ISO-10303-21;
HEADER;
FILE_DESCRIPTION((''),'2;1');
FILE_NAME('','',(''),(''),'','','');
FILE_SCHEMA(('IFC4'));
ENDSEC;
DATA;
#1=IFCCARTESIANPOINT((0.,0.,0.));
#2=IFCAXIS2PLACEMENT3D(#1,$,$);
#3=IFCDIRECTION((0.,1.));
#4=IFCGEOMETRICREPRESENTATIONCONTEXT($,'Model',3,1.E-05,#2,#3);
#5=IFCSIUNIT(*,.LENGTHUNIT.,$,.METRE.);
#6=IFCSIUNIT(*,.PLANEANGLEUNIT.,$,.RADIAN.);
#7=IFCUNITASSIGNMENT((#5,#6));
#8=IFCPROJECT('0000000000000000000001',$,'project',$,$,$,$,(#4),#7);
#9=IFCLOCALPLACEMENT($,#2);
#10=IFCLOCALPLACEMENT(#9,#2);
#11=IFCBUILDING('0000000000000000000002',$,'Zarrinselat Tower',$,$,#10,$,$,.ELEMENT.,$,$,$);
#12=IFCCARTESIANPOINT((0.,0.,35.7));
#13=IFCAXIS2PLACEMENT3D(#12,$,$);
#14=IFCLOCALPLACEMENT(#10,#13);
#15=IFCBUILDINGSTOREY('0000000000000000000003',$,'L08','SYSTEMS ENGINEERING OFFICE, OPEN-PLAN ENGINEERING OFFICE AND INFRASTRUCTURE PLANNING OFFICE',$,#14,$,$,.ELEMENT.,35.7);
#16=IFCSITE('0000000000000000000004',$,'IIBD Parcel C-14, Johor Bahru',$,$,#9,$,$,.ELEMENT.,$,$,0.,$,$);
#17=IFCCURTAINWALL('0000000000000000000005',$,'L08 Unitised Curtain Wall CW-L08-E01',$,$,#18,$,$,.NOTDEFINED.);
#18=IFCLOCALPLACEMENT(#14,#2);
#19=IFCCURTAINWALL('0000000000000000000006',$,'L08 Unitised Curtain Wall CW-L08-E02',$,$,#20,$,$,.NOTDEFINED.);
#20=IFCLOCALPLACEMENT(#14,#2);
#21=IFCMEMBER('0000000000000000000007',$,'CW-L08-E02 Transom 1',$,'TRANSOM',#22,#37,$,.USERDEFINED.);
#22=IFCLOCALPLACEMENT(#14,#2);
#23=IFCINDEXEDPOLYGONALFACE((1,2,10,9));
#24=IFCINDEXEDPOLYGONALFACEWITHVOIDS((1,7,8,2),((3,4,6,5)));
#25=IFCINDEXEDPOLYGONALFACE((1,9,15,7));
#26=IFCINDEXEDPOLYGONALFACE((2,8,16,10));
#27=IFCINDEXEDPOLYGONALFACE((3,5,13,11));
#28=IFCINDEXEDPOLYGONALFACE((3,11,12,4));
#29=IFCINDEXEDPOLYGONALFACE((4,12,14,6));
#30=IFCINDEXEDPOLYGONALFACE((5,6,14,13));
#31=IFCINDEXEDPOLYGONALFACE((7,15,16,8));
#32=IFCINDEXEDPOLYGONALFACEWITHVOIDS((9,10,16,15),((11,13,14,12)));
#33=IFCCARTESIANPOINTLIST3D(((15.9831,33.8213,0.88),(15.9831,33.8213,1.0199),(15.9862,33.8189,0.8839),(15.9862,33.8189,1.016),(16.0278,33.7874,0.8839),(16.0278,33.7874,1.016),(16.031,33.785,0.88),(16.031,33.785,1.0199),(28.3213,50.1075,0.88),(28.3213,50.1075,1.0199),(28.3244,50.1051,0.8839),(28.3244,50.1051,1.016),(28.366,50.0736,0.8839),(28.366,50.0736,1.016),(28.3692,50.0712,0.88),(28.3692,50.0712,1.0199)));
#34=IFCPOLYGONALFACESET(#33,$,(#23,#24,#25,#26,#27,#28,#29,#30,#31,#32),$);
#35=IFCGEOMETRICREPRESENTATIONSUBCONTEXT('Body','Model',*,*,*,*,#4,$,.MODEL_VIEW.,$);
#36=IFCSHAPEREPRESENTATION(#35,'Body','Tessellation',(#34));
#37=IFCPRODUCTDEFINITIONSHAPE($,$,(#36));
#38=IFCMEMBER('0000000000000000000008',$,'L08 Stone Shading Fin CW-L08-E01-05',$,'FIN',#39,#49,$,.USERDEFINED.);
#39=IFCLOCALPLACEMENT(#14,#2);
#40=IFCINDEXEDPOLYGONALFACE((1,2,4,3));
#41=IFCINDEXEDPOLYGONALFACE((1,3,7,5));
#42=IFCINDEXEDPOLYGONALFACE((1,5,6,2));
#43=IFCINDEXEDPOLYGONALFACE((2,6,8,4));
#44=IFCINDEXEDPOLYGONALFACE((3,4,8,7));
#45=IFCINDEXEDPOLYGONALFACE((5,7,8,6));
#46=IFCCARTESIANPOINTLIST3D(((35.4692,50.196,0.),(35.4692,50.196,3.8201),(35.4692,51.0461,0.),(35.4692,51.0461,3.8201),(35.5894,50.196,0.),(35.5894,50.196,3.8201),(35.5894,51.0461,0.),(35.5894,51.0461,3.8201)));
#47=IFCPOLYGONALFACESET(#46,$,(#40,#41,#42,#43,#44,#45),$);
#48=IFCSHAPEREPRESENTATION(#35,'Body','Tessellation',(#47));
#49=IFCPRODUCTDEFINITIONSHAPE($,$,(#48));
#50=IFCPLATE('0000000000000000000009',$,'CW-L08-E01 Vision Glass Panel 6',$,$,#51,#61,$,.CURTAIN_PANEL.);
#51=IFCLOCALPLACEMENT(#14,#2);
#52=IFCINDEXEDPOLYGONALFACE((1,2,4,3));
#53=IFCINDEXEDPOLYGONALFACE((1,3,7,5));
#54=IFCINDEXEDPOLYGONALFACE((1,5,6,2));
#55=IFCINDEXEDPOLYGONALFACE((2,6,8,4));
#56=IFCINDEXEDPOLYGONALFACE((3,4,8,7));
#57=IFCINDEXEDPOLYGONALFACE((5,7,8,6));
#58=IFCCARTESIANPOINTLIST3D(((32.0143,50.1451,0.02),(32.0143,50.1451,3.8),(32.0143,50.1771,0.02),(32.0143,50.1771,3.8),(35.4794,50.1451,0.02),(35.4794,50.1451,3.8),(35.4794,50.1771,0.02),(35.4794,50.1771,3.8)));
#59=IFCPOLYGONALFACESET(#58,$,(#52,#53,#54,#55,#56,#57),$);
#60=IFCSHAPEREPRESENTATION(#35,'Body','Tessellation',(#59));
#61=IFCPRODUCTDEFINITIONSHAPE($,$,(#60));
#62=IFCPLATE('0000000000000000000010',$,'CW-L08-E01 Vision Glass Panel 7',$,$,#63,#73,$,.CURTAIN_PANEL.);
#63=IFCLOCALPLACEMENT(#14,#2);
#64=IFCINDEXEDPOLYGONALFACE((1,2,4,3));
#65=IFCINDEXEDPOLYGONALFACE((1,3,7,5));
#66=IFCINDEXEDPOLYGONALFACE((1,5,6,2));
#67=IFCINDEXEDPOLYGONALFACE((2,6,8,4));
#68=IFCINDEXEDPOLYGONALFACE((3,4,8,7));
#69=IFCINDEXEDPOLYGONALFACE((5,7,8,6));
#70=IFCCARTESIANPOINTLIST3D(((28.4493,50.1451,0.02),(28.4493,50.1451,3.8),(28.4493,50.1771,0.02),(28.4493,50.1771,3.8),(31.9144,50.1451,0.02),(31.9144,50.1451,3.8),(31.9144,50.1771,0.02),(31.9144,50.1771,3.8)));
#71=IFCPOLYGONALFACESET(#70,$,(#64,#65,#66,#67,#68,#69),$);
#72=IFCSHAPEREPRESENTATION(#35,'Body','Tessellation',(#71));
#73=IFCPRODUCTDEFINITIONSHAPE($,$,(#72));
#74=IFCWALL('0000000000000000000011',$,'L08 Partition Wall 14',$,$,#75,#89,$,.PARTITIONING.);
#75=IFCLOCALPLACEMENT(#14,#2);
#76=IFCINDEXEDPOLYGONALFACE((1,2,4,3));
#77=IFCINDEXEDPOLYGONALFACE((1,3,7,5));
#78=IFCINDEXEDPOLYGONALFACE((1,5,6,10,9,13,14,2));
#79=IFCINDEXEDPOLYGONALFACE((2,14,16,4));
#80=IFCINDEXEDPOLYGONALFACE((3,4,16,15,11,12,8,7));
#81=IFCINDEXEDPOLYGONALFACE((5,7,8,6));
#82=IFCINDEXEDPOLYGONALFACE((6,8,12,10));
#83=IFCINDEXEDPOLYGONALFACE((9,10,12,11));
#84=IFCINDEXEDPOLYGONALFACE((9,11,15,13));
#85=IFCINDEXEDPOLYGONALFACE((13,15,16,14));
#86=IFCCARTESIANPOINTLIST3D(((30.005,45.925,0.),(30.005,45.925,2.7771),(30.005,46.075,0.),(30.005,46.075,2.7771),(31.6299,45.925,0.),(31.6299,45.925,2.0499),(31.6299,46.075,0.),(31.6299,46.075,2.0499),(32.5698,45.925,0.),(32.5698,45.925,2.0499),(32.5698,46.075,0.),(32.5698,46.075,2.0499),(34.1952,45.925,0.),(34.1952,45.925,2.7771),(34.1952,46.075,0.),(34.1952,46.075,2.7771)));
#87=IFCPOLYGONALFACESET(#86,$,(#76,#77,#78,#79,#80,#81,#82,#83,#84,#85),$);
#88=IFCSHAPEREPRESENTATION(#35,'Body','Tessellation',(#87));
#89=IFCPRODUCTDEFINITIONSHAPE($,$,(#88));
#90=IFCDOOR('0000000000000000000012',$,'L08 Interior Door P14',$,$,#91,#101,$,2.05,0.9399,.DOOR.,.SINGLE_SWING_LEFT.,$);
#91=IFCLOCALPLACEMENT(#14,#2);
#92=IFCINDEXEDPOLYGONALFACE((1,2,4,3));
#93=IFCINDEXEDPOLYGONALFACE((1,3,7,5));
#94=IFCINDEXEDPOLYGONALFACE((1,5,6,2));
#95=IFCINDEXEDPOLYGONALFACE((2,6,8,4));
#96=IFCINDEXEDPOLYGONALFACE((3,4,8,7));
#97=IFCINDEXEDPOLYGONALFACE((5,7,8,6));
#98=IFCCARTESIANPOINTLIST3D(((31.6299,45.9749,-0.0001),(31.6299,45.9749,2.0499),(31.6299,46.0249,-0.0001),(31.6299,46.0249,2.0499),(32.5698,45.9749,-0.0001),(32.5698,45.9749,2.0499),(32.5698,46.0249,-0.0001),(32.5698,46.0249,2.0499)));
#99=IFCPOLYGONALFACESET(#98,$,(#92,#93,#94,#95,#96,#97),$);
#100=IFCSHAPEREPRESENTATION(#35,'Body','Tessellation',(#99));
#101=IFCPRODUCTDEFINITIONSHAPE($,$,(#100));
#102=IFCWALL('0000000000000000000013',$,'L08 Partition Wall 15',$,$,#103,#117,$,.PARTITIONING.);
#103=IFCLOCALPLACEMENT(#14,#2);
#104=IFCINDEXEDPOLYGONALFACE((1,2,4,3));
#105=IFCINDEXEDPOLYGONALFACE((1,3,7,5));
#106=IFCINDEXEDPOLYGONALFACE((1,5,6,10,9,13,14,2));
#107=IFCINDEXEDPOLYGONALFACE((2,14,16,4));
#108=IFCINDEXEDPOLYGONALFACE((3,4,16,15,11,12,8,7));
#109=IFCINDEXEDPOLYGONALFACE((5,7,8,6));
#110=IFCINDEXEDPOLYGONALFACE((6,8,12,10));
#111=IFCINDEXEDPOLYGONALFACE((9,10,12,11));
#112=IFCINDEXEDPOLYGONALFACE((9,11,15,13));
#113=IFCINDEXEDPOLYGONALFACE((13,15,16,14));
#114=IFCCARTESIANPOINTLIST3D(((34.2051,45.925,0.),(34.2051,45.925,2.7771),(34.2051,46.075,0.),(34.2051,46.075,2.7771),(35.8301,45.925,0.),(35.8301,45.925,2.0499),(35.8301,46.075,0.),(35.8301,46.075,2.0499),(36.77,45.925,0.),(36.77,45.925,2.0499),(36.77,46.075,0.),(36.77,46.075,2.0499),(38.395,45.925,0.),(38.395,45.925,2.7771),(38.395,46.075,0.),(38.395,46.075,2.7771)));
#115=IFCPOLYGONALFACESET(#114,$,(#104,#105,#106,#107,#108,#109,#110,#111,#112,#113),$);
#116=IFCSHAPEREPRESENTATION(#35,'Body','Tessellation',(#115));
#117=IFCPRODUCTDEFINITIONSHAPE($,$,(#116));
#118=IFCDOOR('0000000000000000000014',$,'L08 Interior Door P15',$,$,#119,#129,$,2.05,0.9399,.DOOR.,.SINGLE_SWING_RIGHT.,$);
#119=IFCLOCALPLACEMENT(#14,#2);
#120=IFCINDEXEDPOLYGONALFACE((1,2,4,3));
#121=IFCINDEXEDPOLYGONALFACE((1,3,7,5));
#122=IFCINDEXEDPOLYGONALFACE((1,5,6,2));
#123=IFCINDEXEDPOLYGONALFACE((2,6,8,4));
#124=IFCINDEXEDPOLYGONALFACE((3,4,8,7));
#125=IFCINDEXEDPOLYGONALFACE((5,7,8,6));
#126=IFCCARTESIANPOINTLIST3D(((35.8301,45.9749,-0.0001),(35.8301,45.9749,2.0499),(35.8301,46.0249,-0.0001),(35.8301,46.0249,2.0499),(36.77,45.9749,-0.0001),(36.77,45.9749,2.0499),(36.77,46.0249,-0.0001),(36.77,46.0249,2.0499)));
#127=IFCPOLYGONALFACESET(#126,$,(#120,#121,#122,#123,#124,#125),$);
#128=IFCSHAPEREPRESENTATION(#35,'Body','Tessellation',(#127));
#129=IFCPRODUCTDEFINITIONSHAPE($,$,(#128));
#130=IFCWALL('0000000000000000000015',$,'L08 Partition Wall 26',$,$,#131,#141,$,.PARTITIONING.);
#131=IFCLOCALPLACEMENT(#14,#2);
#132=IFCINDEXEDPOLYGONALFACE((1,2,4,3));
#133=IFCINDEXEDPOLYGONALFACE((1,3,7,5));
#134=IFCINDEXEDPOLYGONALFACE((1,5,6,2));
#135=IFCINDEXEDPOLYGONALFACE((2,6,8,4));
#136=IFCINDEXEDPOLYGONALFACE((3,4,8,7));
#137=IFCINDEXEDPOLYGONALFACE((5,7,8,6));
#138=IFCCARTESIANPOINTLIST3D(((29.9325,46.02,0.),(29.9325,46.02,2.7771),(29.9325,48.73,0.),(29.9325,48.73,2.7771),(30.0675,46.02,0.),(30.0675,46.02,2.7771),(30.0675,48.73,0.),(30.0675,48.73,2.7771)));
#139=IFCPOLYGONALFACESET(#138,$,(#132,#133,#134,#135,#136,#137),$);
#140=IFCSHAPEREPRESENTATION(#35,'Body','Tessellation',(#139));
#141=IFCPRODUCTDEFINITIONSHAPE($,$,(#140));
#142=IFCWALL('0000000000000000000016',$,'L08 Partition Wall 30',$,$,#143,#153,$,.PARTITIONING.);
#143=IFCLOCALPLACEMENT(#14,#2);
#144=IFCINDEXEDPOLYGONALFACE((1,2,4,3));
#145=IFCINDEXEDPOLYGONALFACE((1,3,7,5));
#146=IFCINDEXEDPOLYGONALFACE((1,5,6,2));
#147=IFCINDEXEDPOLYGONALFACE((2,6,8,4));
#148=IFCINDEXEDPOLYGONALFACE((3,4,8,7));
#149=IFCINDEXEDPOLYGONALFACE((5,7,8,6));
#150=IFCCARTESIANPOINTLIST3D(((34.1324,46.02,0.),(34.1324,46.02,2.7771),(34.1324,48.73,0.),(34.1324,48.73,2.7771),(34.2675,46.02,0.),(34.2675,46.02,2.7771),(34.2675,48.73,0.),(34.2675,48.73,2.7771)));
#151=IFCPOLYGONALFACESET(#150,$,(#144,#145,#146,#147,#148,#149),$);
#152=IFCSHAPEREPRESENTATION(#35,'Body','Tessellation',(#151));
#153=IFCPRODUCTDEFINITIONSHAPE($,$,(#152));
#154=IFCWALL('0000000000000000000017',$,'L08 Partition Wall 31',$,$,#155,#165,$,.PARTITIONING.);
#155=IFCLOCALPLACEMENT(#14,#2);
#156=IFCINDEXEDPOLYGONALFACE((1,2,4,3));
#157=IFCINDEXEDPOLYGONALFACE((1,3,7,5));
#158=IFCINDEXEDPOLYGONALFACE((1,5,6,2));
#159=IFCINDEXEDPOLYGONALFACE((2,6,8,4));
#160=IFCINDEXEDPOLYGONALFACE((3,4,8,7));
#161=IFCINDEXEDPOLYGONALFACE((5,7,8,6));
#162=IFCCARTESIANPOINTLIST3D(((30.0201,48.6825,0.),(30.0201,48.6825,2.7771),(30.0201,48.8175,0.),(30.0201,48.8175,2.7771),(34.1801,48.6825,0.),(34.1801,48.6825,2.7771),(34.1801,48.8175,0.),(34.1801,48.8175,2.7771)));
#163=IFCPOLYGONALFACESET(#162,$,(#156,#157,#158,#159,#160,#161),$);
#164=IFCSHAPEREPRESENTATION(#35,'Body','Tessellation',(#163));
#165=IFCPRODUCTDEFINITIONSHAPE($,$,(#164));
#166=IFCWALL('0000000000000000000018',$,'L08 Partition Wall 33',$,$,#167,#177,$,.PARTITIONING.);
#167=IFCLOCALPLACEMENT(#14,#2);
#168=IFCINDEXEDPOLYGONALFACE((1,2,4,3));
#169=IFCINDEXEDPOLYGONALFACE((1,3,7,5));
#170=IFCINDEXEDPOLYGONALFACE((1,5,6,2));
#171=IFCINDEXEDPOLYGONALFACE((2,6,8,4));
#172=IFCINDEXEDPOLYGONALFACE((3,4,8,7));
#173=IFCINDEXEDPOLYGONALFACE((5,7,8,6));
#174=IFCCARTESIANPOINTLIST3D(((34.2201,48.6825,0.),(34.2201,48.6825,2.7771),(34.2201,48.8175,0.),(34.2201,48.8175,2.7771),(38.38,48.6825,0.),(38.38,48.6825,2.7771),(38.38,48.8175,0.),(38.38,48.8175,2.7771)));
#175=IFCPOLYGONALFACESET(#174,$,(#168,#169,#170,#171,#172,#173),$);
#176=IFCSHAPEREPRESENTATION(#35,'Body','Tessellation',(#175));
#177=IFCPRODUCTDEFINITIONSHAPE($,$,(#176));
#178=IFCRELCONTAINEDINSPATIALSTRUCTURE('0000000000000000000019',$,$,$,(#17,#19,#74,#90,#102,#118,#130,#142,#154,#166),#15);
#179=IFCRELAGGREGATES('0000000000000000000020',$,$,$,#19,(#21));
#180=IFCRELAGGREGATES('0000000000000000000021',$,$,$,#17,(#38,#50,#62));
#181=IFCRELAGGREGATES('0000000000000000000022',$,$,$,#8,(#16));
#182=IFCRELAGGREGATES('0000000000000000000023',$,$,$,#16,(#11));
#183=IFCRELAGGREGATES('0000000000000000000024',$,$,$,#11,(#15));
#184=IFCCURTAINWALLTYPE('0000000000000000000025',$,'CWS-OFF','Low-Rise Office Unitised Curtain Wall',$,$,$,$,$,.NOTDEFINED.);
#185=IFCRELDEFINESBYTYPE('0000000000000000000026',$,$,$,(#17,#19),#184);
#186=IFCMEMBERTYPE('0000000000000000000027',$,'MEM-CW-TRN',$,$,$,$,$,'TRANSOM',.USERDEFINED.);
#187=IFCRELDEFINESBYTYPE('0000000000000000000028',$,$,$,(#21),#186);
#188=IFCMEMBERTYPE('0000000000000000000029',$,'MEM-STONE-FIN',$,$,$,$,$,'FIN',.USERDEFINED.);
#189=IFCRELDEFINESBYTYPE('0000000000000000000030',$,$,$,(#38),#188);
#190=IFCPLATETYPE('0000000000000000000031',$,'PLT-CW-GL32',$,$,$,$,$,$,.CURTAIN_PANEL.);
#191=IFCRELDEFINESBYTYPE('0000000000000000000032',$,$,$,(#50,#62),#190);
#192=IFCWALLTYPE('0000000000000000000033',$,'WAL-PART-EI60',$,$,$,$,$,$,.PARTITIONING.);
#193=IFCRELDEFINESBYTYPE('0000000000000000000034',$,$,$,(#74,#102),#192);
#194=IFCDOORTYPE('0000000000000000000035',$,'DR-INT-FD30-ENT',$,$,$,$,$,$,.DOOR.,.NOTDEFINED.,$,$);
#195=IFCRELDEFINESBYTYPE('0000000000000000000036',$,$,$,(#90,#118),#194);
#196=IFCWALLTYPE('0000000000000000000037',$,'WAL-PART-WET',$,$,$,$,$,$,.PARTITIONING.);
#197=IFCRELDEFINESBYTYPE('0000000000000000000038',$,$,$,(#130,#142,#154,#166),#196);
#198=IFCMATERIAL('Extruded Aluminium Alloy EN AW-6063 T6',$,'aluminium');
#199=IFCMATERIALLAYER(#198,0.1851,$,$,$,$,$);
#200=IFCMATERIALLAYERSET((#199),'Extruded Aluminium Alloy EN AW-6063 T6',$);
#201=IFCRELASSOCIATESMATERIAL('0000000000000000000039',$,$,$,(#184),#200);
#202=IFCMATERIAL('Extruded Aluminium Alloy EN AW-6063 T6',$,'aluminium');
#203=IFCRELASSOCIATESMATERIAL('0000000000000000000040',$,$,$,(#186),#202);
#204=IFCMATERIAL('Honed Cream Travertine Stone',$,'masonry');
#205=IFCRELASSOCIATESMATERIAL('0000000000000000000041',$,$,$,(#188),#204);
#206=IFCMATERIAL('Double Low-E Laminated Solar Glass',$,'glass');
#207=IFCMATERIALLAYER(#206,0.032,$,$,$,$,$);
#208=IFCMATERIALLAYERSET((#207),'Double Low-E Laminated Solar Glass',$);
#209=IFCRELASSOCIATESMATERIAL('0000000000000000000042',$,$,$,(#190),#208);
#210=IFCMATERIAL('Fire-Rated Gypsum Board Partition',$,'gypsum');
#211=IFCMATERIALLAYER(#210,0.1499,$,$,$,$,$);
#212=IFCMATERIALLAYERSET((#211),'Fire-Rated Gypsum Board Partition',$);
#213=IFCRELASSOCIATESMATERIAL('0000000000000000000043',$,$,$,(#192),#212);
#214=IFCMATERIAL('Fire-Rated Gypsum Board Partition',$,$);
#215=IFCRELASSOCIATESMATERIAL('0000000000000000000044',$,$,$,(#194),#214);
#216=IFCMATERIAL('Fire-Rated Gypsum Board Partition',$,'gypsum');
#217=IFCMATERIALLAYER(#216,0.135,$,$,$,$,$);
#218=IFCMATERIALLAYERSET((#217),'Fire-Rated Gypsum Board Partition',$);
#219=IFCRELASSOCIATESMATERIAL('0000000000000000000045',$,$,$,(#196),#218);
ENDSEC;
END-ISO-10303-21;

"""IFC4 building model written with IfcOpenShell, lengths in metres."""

from ifc_helpers import new_model, si_unit, direction, frame, frame_2d, origin, origin_2d, place, context, subcontext, project, spatial, rectangle, hollow_rectangle, extrude, material, layer, layer_set, material_profile, profile_set, type_object, element, fill, aggregate, save


model = new_model("IFC4")

# Units and contexts
model_context = context("Model", 3, precision=1e-05, world=origin(), true_north=direction((0.0, 1.0)))
body_context = subcontext(model_context, "Body", "Model", "MODEL_VIEW")
ifc_project = project(units=[si_unit("LENGTHUNIT", "METRE"), si_unit("PLANEANGLEUNIT", "RADIAN")], contexts=[model_context])

# Site, building, storey
site_placement = place(None, origin())
site = spatial("IfcSite", under=ifc_project, at=site_placement, Name="IIBD Parcel C-14, Johor Bahru", CompositionType="ELEMENT", RefElevation=0.0)
building_placement = place(site_placement, origin())
building = spatial("IfcBuilding", under=site, at=building_placement, Name="Zarrinselat Tower", CompositionType="ELEMENT")
storey_placement = place(building_placement, frame((0.0, 0.0, 35.7)))
storey = spatial("IfcBuildingStorey", under=building, at=storey_placement, Name="L08", Description="SYSTEMS ENGINEERING OFFICE, OPEN-PLAN ENGINEERING OFFICE AND INFRASTRUCTURE PLANNING OFFICE", CompositionType="ELEMENT", Elevation=35.7)

# Curtain wall
ifc_material_1 = material(Name="Extruded Aluminium Alloy EN AW-6063 T6", Category="aluminium")
ifc_layer_1 = layer(ifc_material_1, 0.1851)
ifc_layer_set_1 = layer_set([ifc_layer_1], Name="Extruded Aluminium Alloy EN AW-6063 T6")
curtain_wall_type = type_object("IfcCurtainWallType", Name="CWS-OFF", Description="Low-Rise Office Unitised Curtain Wall", PredefinedType="NOTDEFINED", material=ifc_layer_set_1)
curtain_wall_1_placement = place(storey_placement, origin())
curtain_wall_1 = element("IfcCurtainWall", 1, at=curtain_wall_1_placement, inside=storey, type_object=curtain_wall_type, Name="L08 Unitised Curtain Wall CW-L08-E01", PredefinedType="NOTDEFINED")

# Curtain wall, member
curtain_wall_2_placement = place(storey_placement, origin())
curtain_wall_2 = element("IfcCurtainWall", 2, at=curtain_wall_2_placement, inside=storey, type_object=curtain_wall_type, Name="L08 Unitised Curtain Wall CW-L08-E02", PredefinedType="NOTDEFINED")
ifc_material_2 = material(Name="Extruded Aluminium Alloy EN AW-6063 T6", Category="aluminium")
ifc_material_profile_1 = material_profile(ifc_material_2, hollow_rectangle(XDim=0.0601, YDim=0.1399, WallThickness=0.0039, at=origin_2d()), Name="RHS 140x60x4")
ifc_profile_set_1 = profile_set([ifc_material_profile_1], Name="Extruded Aluminium Alloy EN AW-6063 T6")
member_type_1 = type_object("IfcMemberType", Name="MEM-CW-TRN", ElementType="TRANSOM", PredefinedType="USERDEFINED", material=ifc_profile_set_1)
member_1_placement = place(storey_placement, frame((28.3452, 50.0894, 0.95), z_axis=(-0.603863, -0.797088, 0.0), x_axis=(0.797088, -0.603863, 0.0)))
member_1 = element("IfcMember", 3, at=member_1_placement, type_object=member_type_1, Name="CW-L08-E02 Transom 1", ObjectType="TRANSOM", PredefinedType="USERDEFINED", context=body_context, shape_type="SweptSolid", body=[
    extrude(hollow_rectangle(XDim=0.0601, YDim=0.1399, WallThickness=0.0039, at=origin_2d()), origin(), (0.0, 0.0, 1.0), 20.4321),
])
aggregate(curtain_wall_2, [member_1])

# Member
ifc_material_3 = material(Name="Honed Cream Travertine Stone", Category="masonry")
ifc_material_profile_2 = material_profile(ifc_material_3, rectangle(XDim=0.1201, YDim=0.8501, at=origin_2d()), Name="FIN 850x120")
ifc_profile_set_2 = profile_set([ifc_material_profile_2], Name="Honed Cream Travertine Stone")
member_type_2 = type_object("IfcMemberType", Name="MEM-STONE-FIN", ElementType="FIN", PredefinedType="USERDEFINED", material=ifc_profile_set_2)
member_2_placement = place(storey_placement, frame((35.5293, 50.6211, 0.0), z_axis=(0.0, 0.0, 1.0), x_axis=(1.0, 0.0, 0.0)))
member_2 = element("IfcMember", 4, at=member_2_placement, type_object=member_type_2, Name="L08 Stone Shading Fin CW-L08-E01-05", ObjectType="FIN", PredefinedType="USERDEFINED", context=body_context, shape_type="SweptSolid", body=[
    extrude(rectangle(XDim=0.1201, YDim=0.8501, at=origin_2d()), origin(), (0.0, 0.0, 1.0), 3.8201),
])

# Plates
ifc_material_4 = material(Name="Double Low-E Laminated Solar Glass", Category="glass")
ifc_layer_2 = layer(ifc_material_4, 0.032)
ifc_layer_set_2 = layer_set([ifc_layer_2], Name="Double Low-E Laminated Solar Glass")
plate_type = type_object("IfcPlateType", Name="PLT-CW-GL32", PredefinedType="CURTAIN_PANEL", material=ifc_layer_set_2)
plate_1_placement = place(storey_placement, frame((33.7468, 50.1611, 0.02), z_axis=(0.0, 0.0, 1.0), x_axis=(-1.0, 0.0, 0.0)))
plate_1 = element("IfcPlate", 5, at=plate_1_placement, type_object=plate_type, Name="CW-L08-E01 Vision Glass Panel 6", PredefinedType="CURTAIN_PANEL", context=body_context, shape_type="SweptSolid", body=[
    extrude(rectangle(XDim=3.4651, YDim=0.032, at=origin_2d()), origin(), (0.0, 0.0, 1.0), 3.78),
])
plate_2_placement = place(storey_placement, frame((30.1819, 50.1611, 0.02), z_axis=(0.0, 0.0, 1.0), x_axis=(-1.0, 0.0, 0.0)))
plate_2 = element("IfcPlate", 6, at=plate_2_placement, type_object=plate_type, Name="CW-L08-E01 Vision Glass Panel 7", PredefinedType="CURTAIN_PANEL", context=body_context, shape_type="SweptSolid", body=[
    extrude(rectangle(XDim=3.4651, YDim=0.032, at=origin_2d()), origin(), (0.0, 0.0, 1.0), 3.78),
])
aggregate(curtain_wall_1, [member_2, plate_1, plate_2])

# Walls, openings, doors
ifc_material_5 = material(Name="Fire-Rated Gypsum Board Partition", Category="gypsum")
ifc_layer_3 = layer(ifc_material_5, 0.1499)
ifc_layer_set_3 = layer_set([ifc_layer_3], Name="Fire-Rated Gypsum Board Partition")
wall_type_1 = type_object("IfcWallType", Name="WAL-PART-EI60", PredefinedType="PARTITIONING", material=ifc_layer_set_3)
wall_1_placement = place(storey_placement, frame((30.0049, 46.0, 0.0), z_axis=(0.0, 0.0, 1.0), x_axis=(1.0, 0.0, 0.0)))
wall_1 = element("IfcWall", 7, at=wall_1_placement, inside=storey, type_object=wall_type_1, Name="L08 Partition Wall 14", PredefinedType="PARTITIONING", context=body_context, shape_type="SweptSolid", body=[
    extrude(rectangle(XDim=4.1902, YDim=0.1499, at=frame_2d((2.0952, 0.0))), origin(), (0.0, 0.0, 1.0), 2.7771),
])
opening_1_placement = place(wall_1_placement, frame((1.625, 0.0, 0.0)))
opening_1 = element("IfcOpeningElement", 8, at=opening_1_placement, cuts=wall_1, PredefinedType="OPENING", context=body_context, shape_type="SweptSolid", body=[
    extrude(rectangle(XDim=0.9399, YDim=2.05, at=frame_2d((0.47, 1.0249))), frame((0.0, 0.085, 0.0), z_axis=(0.0, -1.0, 0.0), x_axis=(1.0, 0.0, 0.0)), (0.0, 0.0, 1.0), 0.1699),
])
ifc_material_6 = material(Name="Fire-Rated Gypsum Board Partition")
door_type = type_object("IfcDoorType", Name="DR-INT-FD30-ENT", OperationType="NOTDEFINED", PredefinedType="DOOR", material=ifc_material_6)
door_1_placement = place(opening_1_placement, origin())
door_1 = element("IfcDoor", 9, at=door_1_placement, inside=storey, type_object=door_type, Name="L08 Interior Door P14", OperationType="SINGLE_SWING_LEFT", OverallHeight=2.05, OverallWidth=0.9399, PredefinedType="DOOR", context=body_context, shape_type="SweptSolid", body=[
    extrude(rectangle(XDim=0.9399, YDim=2.05, at=frame_2d((0.47, 1.0249))), frame((0.0, 0.0249, 0.0), z_axis=(0.0, -1.0, 0.0), x_axis=(1.0, 0.0, 0.0)), (0.0, 0.0, 1.0), 0.05),
])
fill(opening_1, door_1)
wall_2_placement = place(storey_placement, frame((34.2051, 46.0, 0.0), z_axis=(0.0, 0.0, 1.0), x_axis=(1.0, 0.0, 0.0)))
wall_2 = element("IfcWall", 10, at=wall_2_placement, inside=storey, type_object=wall_type_1, Name="L08 Partition Wall 15", PredefinedType="PARTITIONING", context=body_context, shape_type="SweptSolid", body=[
    extrude(rectangle(XDim=4.1899, YDim=0.1499, at=frame_2d((2.095, 0.0))), origin(), (0.0, 0.0, 1.0), 2.7771),
])
opening_2_placement = place(wall_2_placement, frame((1.625, 0.0, 0.0)))
opening_2 = element("IfcOpeningElement", 11, at=opening_2_placement, cuts=wall_2, PredefinedType="OPENING", context=body_context, shape_type="SweptSolid", body=[
    extrude(rectangle(XDim=0.9399, YDim=2.05, at=frame_2d((0.47, 1.0249))), frame((0.0, 0.085, 0.0), z_axis=(0.0, -1.0, 0.0), x_axis=(1.0, 0.0, 0.0)), (0.0, 0.0, 1.0), 0.1699),
])
door_2_placement = place(opening_2_placement, origin())
door_2 = element("IfcDoor", 12, at=door_2_placement, inside=storey, type_object=door_type, Name="L08 Interior Door P15", OperationType="SINGLE_SWING_RIGHT", OverallHeight=2.05, OverallWidth=0.9399, PredefinedType="DOOR", context=body_context, shape_type="SweptSolid", body=[
    extrude(rectangle(XDim=0.9399, YDim=2.05, at=frame_2d((0.47, 1.0249))), frame((0.0, 0.0249, 0.0), z_axis=(0.0, -1.0, 0.0), x_axis=(1.0, 0.0, 0.0)), (0.0, 0.0, 1.0), 0.05),
])
fill(opening_2, door_2)

# Walls
ifc_material_7 = material(Name="Fire-Rated Gypsum Board Partition", Category="gypsum")
ifc_layer_4 = layer(ifc_material_7, 0.135)
ifc_layer_set_4 = layer_set([ifc_layer_4], Name="Fire-Rated Gypsum Board Partition")
wall_type_2 = type_object("IfcWallType", Name="WAL-PART-WET", PredefinedType="PARTITIONING", material=ifc_layer_set_4)
for number, where, z_axis, x_axis, name in (
    (13, (30.0, 46.02, 0.0), (0.0, 0.0, 1.0), (0.0, 1.0, 0.0), "L08 Partition Wall 26"),
    (14, (34.2, 46.02, 0.0), (0.0, 0.0, 1.0), (0.0, 1.0, 0.0), "L08 Partition Wall 30"),
):
    element("IfcWall", number, at=place(storey_placement, frame(where, z_axis=z_axis, x_axis=x_axis)), inside=storey, type_object=wall_type_2, Name=name, PredefinedType="PARTITIONING", context=body_context, shape_type="SweptSolid", body=[
        extrude(rectangle(XDim=2.71, YDim=0.135, at=frame_2d((1.355, 0.0))), origin(), (0.0, 0.0, 1.0), 2.7771),
    ])
for number, where, z_axis, x_axis, name in (
    (15, (30.02, 48.75, 0.0), (0.0, 0.0, 1.0), (1.0, 0.0, 0.0), "L08 Partition Wall 31"),
    (16, (34.22, 48.75, 0.0), (0.0, 0.0, 1.0), (1.0, 0.0, 0.0), "L08 Partition Wall 33"),
):
    element("IfcWall", number, at=place(storey_placement, frame(where, z_axis=z_axis, x_axis=x_axis)), inside=storey, type_object=wall_type_2, Name=name, PredefinedType="PARTITIONING", context=body_context, shape_type="SweptSolid", body=[
        extrude(rectangle(XDim=4.1599, YDim=0.135, at=frame_2d((2.0801, 0.0))), origin(), (0.0, 0.0, 1.0), 2.7771),
    ])

save(model, "model.ifc")
